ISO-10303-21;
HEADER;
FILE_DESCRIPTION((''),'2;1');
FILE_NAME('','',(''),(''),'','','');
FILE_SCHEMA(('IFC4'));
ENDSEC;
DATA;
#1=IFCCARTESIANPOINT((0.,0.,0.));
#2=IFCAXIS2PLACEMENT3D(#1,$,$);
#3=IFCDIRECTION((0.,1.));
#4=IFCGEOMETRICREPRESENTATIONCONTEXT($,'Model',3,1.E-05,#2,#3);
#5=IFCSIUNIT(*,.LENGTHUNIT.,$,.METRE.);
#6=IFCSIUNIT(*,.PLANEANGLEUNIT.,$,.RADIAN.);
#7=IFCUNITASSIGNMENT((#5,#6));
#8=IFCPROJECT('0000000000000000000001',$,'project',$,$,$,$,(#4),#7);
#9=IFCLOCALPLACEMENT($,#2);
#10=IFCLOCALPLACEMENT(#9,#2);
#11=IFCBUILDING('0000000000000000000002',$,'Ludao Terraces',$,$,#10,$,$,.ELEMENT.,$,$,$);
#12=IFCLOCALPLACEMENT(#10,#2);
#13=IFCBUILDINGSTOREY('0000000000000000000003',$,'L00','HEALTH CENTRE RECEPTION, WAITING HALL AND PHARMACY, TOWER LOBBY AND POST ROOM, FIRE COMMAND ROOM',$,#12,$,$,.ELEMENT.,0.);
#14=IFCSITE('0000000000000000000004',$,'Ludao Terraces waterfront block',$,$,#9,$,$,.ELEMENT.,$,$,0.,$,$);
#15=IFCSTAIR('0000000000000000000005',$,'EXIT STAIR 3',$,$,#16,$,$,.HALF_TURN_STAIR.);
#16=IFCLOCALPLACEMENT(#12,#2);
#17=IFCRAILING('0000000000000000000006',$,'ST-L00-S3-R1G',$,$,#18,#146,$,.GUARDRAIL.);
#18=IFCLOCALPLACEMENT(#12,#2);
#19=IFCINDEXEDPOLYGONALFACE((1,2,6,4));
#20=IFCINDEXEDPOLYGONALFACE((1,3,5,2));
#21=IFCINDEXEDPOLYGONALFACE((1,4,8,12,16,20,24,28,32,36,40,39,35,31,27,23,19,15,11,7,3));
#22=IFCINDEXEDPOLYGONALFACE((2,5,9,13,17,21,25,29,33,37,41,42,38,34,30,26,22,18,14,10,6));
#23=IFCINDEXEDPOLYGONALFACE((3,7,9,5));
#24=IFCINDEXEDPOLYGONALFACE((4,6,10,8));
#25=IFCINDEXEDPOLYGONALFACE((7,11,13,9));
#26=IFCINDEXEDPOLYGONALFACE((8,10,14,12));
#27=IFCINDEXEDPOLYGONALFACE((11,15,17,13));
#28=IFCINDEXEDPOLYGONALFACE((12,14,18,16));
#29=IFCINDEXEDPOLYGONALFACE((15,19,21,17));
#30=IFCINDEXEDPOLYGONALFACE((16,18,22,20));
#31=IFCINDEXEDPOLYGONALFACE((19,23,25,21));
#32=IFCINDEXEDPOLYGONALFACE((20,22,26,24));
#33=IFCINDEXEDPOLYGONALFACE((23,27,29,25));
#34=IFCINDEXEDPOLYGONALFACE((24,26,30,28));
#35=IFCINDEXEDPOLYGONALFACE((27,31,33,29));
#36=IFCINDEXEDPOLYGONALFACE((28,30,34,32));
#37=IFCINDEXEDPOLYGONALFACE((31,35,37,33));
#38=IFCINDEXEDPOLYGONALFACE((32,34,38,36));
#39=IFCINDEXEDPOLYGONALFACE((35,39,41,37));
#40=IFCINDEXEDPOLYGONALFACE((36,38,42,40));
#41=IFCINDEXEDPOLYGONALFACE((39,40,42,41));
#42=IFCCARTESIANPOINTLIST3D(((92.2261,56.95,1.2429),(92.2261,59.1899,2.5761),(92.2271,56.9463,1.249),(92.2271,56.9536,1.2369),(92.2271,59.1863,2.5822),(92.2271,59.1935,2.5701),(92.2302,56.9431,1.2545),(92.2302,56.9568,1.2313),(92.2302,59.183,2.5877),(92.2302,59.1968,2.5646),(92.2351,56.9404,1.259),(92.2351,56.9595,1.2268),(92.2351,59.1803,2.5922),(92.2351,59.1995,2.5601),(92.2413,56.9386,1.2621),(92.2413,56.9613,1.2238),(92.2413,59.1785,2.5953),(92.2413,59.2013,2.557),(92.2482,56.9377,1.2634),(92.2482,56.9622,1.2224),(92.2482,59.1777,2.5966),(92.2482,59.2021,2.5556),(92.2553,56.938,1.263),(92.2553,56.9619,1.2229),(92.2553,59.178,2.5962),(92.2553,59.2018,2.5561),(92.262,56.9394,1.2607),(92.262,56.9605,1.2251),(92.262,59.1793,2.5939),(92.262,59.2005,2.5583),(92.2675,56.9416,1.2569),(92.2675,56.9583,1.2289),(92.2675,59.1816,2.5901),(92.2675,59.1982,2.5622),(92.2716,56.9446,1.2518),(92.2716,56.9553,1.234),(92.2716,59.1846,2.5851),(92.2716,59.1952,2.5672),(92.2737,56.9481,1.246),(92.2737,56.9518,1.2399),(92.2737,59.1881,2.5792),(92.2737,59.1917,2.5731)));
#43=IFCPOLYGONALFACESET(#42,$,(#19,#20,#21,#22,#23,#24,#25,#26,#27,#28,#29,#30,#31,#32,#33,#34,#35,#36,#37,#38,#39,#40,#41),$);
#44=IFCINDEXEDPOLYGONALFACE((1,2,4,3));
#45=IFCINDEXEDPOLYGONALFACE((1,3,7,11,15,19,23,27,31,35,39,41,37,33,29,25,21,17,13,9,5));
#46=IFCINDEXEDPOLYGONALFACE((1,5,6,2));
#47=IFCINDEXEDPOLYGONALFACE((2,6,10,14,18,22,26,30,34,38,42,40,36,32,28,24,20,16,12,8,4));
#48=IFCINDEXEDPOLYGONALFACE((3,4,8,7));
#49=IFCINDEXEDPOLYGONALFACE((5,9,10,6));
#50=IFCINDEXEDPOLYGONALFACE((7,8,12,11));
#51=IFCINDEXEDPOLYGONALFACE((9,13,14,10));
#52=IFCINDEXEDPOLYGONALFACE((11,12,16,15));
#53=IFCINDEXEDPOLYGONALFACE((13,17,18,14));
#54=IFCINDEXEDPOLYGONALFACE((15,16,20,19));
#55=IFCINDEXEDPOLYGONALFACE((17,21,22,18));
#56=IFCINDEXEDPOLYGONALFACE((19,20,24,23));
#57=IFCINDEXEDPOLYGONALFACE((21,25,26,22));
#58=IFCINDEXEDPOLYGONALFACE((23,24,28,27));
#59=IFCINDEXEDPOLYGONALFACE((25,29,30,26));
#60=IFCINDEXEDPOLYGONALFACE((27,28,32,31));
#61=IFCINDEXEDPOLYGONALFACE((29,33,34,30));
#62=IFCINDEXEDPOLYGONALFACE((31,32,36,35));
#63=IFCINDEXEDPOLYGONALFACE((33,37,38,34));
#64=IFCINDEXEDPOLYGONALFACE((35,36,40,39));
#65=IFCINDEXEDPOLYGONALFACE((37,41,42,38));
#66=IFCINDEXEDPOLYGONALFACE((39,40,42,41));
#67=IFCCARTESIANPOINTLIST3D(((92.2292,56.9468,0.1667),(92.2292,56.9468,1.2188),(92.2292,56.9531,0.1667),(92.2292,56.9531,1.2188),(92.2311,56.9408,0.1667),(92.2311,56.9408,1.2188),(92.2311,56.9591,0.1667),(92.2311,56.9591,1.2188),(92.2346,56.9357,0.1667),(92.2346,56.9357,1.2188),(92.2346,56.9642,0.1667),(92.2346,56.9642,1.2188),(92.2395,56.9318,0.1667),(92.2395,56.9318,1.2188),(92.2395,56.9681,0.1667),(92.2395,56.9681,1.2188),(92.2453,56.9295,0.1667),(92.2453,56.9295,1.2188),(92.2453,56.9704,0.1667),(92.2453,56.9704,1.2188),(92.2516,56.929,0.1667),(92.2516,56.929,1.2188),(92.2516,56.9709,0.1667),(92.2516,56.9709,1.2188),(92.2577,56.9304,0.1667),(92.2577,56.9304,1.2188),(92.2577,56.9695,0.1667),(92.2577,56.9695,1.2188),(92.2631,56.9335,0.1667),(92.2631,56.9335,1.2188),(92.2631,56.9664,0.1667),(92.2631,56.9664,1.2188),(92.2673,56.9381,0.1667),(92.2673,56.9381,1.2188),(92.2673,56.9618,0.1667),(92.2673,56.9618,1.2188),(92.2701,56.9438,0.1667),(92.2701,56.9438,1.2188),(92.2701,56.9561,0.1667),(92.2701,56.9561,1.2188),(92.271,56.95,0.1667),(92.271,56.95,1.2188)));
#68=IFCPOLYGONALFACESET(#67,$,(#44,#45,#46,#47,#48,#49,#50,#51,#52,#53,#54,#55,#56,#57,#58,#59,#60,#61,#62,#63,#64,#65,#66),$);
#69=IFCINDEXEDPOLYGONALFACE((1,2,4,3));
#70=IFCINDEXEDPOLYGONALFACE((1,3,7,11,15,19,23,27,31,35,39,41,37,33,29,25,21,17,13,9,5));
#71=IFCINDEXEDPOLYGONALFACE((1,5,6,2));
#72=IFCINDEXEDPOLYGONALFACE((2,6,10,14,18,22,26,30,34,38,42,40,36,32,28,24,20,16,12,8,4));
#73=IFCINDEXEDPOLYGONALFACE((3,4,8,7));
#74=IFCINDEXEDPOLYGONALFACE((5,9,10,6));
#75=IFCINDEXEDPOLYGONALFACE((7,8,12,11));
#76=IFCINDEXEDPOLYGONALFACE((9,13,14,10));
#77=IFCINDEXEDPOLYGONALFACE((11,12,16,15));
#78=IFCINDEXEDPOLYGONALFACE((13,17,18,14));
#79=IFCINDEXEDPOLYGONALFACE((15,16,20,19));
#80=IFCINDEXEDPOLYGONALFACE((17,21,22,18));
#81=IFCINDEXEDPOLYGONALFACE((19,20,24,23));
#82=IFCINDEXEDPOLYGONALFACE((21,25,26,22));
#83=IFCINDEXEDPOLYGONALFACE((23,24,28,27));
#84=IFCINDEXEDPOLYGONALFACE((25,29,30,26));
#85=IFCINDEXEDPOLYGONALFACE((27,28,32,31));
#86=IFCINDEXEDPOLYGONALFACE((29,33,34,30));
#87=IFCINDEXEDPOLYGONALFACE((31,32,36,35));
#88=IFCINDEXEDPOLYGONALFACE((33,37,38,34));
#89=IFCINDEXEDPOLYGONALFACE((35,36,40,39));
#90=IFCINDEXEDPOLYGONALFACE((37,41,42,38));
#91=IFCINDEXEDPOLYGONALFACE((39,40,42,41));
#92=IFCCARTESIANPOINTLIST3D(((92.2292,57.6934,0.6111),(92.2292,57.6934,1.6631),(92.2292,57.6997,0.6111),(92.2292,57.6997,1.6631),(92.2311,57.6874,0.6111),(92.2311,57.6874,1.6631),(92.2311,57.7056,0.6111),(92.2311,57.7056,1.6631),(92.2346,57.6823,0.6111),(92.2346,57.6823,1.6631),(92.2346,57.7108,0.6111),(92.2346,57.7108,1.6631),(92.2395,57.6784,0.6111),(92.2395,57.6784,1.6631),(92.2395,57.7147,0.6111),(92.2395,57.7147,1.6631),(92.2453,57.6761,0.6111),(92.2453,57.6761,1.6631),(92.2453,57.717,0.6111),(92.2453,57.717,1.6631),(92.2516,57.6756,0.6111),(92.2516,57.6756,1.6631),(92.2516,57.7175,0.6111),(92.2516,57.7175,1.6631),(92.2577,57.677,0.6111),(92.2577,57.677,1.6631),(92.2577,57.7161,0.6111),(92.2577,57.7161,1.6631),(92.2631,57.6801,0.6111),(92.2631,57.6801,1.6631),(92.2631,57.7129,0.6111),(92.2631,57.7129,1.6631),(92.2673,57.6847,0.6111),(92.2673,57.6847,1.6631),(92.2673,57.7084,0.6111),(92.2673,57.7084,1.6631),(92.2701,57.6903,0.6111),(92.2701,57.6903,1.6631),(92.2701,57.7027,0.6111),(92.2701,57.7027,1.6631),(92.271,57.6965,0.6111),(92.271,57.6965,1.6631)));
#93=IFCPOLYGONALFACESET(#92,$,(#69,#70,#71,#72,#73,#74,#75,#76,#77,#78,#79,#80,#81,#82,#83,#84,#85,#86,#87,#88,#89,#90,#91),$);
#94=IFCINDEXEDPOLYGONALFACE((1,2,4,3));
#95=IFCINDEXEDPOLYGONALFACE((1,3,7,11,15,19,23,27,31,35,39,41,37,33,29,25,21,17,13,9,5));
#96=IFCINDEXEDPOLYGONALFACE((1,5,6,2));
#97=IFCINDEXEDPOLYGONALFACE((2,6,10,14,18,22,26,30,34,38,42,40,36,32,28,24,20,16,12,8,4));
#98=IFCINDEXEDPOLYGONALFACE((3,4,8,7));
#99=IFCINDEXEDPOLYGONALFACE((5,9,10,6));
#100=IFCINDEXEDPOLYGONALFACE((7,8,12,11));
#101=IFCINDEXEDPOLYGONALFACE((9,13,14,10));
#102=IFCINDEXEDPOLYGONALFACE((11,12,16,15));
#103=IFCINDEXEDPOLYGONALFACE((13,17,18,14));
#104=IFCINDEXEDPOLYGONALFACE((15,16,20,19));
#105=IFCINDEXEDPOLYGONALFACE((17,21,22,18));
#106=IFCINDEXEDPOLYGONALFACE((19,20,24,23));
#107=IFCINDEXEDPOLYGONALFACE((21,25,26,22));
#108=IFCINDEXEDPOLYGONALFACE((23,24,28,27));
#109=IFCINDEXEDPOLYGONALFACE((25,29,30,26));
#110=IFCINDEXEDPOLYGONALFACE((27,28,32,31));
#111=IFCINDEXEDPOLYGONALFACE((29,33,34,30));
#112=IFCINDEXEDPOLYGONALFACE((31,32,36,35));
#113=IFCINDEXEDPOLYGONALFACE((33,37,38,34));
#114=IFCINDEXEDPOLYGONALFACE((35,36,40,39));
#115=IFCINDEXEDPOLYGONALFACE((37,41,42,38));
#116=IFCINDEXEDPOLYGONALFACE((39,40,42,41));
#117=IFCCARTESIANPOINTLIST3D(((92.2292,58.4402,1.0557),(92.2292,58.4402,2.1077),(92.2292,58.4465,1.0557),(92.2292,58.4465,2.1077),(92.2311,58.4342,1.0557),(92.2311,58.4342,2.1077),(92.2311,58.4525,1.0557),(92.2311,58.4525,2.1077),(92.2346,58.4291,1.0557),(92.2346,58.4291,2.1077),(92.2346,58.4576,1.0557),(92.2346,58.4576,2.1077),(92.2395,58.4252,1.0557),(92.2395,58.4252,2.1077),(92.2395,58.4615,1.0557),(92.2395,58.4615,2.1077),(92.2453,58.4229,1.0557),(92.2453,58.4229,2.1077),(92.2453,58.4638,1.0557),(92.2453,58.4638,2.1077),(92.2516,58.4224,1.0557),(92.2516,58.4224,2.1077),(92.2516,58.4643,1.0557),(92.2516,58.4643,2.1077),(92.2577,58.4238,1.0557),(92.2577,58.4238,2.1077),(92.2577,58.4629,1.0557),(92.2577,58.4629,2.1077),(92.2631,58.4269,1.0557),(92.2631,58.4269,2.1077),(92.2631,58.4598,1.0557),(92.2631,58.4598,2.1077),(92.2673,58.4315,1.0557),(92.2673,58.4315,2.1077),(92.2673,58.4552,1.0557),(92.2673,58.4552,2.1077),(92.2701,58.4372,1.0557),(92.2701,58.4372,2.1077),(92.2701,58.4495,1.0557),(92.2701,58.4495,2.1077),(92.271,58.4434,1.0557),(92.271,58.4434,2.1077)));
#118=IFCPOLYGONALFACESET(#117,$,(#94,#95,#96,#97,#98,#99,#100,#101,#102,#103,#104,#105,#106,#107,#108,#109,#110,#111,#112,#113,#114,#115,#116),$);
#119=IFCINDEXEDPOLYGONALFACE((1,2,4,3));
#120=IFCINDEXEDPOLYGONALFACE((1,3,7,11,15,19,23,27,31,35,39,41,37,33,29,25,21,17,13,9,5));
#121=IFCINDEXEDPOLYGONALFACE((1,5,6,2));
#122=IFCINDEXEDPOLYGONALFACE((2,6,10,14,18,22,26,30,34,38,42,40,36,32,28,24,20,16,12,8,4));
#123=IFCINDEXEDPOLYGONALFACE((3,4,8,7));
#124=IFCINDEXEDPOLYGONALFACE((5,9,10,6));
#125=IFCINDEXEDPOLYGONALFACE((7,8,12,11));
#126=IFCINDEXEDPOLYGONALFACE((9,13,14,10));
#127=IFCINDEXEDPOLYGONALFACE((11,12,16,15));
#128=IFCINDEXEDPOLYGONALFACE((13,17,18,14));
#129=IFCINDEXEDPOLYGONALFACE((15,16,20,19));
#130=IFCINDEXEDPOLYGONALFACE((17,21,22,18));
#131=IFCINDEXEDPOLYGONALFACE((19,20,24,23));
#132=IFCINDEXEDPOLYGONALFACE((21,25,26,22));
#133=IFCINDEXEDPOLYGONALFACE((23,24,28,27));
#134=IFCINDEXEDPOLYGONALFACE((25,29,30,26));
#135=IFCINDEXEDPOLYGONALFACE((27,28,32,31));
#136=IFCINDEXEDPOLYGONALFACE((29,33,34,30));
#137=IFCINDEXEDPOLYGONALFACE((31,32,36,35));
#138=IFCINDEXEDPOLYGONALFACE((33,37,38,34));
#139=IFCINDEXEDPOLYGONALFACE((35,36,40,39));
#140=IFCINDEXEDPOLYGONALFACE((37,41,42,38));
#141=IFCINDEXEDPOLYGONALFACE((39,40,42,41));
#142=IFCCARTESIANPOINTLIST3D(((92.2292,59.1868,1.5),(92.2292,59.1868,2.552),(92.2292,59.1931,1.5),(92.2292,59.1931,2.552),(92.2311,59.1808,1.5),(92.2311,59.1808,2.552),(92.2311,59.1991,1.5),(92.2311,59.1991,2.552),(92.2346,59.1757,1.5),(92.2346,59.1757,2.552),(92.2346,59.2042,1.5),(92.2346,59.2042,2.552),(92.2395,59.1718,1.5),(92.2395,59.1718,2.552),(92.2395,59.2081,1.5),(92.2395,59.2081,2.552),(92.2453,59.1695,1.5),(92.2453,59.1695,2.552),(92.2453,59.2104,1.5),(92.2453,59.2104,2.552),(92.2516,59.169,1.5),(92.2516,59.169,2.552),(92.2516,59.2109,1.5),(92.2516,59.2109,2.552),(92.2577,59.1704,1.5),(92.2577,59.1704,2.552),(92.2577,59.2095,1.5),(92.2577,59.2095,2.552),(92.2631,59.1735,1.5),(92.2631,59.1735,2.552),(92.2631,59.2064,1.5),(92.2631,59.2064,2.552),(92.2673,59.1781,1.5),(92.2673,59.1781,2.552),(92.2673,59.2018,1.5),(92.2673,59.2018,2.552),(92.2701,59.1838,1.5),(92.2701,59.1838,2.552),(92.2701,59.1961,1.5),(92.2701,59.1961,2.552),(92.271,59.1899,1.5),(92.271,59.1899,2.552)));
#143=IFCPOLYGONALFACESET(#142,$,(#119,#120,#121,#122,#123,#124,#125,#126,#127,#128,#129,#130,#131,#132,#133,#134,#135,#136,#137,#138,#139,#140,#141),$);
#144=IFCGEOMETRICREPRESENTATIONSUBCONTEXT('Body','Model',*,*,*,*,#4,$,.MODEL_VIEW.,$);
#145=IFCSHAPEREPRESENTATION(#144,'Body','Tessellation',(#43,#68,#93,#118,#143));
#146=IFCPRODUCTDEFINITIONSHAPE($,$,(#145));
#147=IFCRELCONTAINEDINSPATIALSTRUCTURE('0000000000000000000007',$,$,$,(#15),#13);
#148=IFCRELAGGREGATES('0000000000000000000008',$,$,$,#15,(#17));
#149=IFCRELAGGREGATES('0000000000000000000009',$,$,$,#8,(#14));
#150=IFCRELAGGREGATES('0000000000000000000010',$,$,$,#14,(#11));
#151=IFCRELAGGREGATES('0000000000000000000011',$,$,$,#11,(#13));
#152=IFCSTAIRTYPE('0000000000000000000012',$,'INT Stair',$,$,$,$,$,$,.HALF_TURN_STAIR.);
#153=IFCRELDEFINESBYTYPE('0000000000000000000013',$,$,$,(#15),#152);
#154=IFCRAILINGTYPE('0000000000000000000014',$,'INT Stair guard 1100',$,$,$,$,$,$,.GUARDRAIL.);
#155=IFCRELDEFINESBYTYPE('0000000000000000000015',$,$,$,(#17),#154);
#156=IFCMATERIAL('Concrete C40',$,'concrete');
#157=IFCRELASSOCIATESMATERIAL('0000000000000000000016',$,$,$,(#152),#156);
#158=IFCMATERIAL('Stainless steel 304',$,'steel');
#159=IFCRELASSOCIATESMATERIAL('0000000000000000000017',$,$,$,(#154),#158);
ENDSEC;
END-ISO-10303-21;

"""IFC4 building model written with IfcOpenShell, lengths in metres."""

from ifc_helpers import new_model, si_unit, direction, frame, origin, origin_2d, place, context, subcontext, project, spatial, circle, extrude, material, type_object, element, aggregate, save


model = new_model("IFC4")

# Units and contexts
model_context = context("Model", 3, precision=1e-05, world=origin(), true_north=direction((0.0, 1.0)))
body_context = subcontext(model_context, "Body", "Model", "MODEL_VIEW")
ifc_project = project(units=[si_unit("LENGTHUNIT", "METRE"), si_unit("PLANEANGLEUNIT", "RADIAN")], contexts=[model_context])

# Site, building, storey
site_placement = place(None, origin())
site = spatial("IfcSite", under=ifc_project, at=site_placement, Name="Ludao Terraces waterfront block", CompositionType="ELEMENT", RefElevation=0.0)
building_placement = place(site_placement, origin())
building = spatial("IfcBuilding", under=site, at=building_placement, Name="Ludao Terraces", CompositionType="ELEMENT")
storey_placement = place(building_placement, origin())
storey = spatial("IfcBuildingStorey", under=building, at=storey_placement, Name="L00", Description="HEALTH CENTRE RECEPTION, WAITING HALL AND PHARMACY, TOWER LOBBY AND POST ROOM, FIRE COMMAND ROOM", CompositionType="ELEMENT", Elevation=0.0)

# Stair, railing
ifc_material_1 = material(Name="Concrete C40", Category="concrete")
stair_type = type_object("IfcStairType", Name="INT Stair", PredefinedType="HALF_TURN_STAIR", material=ifc_material_1)
stair_placement = place(storey_placement, origin())
stair = element("IfcStair", 1, at=stair_placement, inside=storey, type_object=stair_type, Name="EXIT STAIR 3", PredefinedType="HALF_TURN_STAIR")
ifc_material_2 = material(Name="Stainless steel 304", Category="steel")
railing_type_1 = type_object("IfcRailingType", Name="INT Stair guard 1100", PredefinedType="GUARDRAIL", material=ifc_material_2)
railing_1_placement = place(storey_placement, frame((92.25, 56.95, 0.1667)))
railing_1 = element("IfcRailing", 2, at=railing_1_placement, type_object=railing_type_1, Name="ST-L00-S3-R1G", PredefinedType="GUARDRAIL", context=body_context, shape_type="SweptSolid", body=[
    extrude(circle(Radius=0.0239, at=origin_2d()), frame((0.0, 0.0, 1.0762), z_axis=(0.0, 0.859306, 0.511462), x_axis=(-1.0, 0.0, 0.0)), (0.0, 0.0, 1.0), 2.6067),
    extrude(circle(Radius=0.021, at=origin_2d()), origin(), (0.0, 0.0, 1.0), 1.052),
    extrude(circle(Radius=0.021, at=origin_2d()), frame((0.0, 0.7466, 0.4443)), (0.0, 0.0, 1.0), 1.052),
    extrude(circle(Radius=0.021, at=origin_2d()), frame((0.0, 1.4934, 0.8889)), (0.0, 0.0, 1.0), 1.052),
    extrude(circle(Radius=0.021, at=origin_2d()), frame((0.0, 2.24, 1.3333)), (0.0, 0.0, 1.0), 1.052),
])
aggregate(stair, [railing_1])

save(model, "model.ifc")
